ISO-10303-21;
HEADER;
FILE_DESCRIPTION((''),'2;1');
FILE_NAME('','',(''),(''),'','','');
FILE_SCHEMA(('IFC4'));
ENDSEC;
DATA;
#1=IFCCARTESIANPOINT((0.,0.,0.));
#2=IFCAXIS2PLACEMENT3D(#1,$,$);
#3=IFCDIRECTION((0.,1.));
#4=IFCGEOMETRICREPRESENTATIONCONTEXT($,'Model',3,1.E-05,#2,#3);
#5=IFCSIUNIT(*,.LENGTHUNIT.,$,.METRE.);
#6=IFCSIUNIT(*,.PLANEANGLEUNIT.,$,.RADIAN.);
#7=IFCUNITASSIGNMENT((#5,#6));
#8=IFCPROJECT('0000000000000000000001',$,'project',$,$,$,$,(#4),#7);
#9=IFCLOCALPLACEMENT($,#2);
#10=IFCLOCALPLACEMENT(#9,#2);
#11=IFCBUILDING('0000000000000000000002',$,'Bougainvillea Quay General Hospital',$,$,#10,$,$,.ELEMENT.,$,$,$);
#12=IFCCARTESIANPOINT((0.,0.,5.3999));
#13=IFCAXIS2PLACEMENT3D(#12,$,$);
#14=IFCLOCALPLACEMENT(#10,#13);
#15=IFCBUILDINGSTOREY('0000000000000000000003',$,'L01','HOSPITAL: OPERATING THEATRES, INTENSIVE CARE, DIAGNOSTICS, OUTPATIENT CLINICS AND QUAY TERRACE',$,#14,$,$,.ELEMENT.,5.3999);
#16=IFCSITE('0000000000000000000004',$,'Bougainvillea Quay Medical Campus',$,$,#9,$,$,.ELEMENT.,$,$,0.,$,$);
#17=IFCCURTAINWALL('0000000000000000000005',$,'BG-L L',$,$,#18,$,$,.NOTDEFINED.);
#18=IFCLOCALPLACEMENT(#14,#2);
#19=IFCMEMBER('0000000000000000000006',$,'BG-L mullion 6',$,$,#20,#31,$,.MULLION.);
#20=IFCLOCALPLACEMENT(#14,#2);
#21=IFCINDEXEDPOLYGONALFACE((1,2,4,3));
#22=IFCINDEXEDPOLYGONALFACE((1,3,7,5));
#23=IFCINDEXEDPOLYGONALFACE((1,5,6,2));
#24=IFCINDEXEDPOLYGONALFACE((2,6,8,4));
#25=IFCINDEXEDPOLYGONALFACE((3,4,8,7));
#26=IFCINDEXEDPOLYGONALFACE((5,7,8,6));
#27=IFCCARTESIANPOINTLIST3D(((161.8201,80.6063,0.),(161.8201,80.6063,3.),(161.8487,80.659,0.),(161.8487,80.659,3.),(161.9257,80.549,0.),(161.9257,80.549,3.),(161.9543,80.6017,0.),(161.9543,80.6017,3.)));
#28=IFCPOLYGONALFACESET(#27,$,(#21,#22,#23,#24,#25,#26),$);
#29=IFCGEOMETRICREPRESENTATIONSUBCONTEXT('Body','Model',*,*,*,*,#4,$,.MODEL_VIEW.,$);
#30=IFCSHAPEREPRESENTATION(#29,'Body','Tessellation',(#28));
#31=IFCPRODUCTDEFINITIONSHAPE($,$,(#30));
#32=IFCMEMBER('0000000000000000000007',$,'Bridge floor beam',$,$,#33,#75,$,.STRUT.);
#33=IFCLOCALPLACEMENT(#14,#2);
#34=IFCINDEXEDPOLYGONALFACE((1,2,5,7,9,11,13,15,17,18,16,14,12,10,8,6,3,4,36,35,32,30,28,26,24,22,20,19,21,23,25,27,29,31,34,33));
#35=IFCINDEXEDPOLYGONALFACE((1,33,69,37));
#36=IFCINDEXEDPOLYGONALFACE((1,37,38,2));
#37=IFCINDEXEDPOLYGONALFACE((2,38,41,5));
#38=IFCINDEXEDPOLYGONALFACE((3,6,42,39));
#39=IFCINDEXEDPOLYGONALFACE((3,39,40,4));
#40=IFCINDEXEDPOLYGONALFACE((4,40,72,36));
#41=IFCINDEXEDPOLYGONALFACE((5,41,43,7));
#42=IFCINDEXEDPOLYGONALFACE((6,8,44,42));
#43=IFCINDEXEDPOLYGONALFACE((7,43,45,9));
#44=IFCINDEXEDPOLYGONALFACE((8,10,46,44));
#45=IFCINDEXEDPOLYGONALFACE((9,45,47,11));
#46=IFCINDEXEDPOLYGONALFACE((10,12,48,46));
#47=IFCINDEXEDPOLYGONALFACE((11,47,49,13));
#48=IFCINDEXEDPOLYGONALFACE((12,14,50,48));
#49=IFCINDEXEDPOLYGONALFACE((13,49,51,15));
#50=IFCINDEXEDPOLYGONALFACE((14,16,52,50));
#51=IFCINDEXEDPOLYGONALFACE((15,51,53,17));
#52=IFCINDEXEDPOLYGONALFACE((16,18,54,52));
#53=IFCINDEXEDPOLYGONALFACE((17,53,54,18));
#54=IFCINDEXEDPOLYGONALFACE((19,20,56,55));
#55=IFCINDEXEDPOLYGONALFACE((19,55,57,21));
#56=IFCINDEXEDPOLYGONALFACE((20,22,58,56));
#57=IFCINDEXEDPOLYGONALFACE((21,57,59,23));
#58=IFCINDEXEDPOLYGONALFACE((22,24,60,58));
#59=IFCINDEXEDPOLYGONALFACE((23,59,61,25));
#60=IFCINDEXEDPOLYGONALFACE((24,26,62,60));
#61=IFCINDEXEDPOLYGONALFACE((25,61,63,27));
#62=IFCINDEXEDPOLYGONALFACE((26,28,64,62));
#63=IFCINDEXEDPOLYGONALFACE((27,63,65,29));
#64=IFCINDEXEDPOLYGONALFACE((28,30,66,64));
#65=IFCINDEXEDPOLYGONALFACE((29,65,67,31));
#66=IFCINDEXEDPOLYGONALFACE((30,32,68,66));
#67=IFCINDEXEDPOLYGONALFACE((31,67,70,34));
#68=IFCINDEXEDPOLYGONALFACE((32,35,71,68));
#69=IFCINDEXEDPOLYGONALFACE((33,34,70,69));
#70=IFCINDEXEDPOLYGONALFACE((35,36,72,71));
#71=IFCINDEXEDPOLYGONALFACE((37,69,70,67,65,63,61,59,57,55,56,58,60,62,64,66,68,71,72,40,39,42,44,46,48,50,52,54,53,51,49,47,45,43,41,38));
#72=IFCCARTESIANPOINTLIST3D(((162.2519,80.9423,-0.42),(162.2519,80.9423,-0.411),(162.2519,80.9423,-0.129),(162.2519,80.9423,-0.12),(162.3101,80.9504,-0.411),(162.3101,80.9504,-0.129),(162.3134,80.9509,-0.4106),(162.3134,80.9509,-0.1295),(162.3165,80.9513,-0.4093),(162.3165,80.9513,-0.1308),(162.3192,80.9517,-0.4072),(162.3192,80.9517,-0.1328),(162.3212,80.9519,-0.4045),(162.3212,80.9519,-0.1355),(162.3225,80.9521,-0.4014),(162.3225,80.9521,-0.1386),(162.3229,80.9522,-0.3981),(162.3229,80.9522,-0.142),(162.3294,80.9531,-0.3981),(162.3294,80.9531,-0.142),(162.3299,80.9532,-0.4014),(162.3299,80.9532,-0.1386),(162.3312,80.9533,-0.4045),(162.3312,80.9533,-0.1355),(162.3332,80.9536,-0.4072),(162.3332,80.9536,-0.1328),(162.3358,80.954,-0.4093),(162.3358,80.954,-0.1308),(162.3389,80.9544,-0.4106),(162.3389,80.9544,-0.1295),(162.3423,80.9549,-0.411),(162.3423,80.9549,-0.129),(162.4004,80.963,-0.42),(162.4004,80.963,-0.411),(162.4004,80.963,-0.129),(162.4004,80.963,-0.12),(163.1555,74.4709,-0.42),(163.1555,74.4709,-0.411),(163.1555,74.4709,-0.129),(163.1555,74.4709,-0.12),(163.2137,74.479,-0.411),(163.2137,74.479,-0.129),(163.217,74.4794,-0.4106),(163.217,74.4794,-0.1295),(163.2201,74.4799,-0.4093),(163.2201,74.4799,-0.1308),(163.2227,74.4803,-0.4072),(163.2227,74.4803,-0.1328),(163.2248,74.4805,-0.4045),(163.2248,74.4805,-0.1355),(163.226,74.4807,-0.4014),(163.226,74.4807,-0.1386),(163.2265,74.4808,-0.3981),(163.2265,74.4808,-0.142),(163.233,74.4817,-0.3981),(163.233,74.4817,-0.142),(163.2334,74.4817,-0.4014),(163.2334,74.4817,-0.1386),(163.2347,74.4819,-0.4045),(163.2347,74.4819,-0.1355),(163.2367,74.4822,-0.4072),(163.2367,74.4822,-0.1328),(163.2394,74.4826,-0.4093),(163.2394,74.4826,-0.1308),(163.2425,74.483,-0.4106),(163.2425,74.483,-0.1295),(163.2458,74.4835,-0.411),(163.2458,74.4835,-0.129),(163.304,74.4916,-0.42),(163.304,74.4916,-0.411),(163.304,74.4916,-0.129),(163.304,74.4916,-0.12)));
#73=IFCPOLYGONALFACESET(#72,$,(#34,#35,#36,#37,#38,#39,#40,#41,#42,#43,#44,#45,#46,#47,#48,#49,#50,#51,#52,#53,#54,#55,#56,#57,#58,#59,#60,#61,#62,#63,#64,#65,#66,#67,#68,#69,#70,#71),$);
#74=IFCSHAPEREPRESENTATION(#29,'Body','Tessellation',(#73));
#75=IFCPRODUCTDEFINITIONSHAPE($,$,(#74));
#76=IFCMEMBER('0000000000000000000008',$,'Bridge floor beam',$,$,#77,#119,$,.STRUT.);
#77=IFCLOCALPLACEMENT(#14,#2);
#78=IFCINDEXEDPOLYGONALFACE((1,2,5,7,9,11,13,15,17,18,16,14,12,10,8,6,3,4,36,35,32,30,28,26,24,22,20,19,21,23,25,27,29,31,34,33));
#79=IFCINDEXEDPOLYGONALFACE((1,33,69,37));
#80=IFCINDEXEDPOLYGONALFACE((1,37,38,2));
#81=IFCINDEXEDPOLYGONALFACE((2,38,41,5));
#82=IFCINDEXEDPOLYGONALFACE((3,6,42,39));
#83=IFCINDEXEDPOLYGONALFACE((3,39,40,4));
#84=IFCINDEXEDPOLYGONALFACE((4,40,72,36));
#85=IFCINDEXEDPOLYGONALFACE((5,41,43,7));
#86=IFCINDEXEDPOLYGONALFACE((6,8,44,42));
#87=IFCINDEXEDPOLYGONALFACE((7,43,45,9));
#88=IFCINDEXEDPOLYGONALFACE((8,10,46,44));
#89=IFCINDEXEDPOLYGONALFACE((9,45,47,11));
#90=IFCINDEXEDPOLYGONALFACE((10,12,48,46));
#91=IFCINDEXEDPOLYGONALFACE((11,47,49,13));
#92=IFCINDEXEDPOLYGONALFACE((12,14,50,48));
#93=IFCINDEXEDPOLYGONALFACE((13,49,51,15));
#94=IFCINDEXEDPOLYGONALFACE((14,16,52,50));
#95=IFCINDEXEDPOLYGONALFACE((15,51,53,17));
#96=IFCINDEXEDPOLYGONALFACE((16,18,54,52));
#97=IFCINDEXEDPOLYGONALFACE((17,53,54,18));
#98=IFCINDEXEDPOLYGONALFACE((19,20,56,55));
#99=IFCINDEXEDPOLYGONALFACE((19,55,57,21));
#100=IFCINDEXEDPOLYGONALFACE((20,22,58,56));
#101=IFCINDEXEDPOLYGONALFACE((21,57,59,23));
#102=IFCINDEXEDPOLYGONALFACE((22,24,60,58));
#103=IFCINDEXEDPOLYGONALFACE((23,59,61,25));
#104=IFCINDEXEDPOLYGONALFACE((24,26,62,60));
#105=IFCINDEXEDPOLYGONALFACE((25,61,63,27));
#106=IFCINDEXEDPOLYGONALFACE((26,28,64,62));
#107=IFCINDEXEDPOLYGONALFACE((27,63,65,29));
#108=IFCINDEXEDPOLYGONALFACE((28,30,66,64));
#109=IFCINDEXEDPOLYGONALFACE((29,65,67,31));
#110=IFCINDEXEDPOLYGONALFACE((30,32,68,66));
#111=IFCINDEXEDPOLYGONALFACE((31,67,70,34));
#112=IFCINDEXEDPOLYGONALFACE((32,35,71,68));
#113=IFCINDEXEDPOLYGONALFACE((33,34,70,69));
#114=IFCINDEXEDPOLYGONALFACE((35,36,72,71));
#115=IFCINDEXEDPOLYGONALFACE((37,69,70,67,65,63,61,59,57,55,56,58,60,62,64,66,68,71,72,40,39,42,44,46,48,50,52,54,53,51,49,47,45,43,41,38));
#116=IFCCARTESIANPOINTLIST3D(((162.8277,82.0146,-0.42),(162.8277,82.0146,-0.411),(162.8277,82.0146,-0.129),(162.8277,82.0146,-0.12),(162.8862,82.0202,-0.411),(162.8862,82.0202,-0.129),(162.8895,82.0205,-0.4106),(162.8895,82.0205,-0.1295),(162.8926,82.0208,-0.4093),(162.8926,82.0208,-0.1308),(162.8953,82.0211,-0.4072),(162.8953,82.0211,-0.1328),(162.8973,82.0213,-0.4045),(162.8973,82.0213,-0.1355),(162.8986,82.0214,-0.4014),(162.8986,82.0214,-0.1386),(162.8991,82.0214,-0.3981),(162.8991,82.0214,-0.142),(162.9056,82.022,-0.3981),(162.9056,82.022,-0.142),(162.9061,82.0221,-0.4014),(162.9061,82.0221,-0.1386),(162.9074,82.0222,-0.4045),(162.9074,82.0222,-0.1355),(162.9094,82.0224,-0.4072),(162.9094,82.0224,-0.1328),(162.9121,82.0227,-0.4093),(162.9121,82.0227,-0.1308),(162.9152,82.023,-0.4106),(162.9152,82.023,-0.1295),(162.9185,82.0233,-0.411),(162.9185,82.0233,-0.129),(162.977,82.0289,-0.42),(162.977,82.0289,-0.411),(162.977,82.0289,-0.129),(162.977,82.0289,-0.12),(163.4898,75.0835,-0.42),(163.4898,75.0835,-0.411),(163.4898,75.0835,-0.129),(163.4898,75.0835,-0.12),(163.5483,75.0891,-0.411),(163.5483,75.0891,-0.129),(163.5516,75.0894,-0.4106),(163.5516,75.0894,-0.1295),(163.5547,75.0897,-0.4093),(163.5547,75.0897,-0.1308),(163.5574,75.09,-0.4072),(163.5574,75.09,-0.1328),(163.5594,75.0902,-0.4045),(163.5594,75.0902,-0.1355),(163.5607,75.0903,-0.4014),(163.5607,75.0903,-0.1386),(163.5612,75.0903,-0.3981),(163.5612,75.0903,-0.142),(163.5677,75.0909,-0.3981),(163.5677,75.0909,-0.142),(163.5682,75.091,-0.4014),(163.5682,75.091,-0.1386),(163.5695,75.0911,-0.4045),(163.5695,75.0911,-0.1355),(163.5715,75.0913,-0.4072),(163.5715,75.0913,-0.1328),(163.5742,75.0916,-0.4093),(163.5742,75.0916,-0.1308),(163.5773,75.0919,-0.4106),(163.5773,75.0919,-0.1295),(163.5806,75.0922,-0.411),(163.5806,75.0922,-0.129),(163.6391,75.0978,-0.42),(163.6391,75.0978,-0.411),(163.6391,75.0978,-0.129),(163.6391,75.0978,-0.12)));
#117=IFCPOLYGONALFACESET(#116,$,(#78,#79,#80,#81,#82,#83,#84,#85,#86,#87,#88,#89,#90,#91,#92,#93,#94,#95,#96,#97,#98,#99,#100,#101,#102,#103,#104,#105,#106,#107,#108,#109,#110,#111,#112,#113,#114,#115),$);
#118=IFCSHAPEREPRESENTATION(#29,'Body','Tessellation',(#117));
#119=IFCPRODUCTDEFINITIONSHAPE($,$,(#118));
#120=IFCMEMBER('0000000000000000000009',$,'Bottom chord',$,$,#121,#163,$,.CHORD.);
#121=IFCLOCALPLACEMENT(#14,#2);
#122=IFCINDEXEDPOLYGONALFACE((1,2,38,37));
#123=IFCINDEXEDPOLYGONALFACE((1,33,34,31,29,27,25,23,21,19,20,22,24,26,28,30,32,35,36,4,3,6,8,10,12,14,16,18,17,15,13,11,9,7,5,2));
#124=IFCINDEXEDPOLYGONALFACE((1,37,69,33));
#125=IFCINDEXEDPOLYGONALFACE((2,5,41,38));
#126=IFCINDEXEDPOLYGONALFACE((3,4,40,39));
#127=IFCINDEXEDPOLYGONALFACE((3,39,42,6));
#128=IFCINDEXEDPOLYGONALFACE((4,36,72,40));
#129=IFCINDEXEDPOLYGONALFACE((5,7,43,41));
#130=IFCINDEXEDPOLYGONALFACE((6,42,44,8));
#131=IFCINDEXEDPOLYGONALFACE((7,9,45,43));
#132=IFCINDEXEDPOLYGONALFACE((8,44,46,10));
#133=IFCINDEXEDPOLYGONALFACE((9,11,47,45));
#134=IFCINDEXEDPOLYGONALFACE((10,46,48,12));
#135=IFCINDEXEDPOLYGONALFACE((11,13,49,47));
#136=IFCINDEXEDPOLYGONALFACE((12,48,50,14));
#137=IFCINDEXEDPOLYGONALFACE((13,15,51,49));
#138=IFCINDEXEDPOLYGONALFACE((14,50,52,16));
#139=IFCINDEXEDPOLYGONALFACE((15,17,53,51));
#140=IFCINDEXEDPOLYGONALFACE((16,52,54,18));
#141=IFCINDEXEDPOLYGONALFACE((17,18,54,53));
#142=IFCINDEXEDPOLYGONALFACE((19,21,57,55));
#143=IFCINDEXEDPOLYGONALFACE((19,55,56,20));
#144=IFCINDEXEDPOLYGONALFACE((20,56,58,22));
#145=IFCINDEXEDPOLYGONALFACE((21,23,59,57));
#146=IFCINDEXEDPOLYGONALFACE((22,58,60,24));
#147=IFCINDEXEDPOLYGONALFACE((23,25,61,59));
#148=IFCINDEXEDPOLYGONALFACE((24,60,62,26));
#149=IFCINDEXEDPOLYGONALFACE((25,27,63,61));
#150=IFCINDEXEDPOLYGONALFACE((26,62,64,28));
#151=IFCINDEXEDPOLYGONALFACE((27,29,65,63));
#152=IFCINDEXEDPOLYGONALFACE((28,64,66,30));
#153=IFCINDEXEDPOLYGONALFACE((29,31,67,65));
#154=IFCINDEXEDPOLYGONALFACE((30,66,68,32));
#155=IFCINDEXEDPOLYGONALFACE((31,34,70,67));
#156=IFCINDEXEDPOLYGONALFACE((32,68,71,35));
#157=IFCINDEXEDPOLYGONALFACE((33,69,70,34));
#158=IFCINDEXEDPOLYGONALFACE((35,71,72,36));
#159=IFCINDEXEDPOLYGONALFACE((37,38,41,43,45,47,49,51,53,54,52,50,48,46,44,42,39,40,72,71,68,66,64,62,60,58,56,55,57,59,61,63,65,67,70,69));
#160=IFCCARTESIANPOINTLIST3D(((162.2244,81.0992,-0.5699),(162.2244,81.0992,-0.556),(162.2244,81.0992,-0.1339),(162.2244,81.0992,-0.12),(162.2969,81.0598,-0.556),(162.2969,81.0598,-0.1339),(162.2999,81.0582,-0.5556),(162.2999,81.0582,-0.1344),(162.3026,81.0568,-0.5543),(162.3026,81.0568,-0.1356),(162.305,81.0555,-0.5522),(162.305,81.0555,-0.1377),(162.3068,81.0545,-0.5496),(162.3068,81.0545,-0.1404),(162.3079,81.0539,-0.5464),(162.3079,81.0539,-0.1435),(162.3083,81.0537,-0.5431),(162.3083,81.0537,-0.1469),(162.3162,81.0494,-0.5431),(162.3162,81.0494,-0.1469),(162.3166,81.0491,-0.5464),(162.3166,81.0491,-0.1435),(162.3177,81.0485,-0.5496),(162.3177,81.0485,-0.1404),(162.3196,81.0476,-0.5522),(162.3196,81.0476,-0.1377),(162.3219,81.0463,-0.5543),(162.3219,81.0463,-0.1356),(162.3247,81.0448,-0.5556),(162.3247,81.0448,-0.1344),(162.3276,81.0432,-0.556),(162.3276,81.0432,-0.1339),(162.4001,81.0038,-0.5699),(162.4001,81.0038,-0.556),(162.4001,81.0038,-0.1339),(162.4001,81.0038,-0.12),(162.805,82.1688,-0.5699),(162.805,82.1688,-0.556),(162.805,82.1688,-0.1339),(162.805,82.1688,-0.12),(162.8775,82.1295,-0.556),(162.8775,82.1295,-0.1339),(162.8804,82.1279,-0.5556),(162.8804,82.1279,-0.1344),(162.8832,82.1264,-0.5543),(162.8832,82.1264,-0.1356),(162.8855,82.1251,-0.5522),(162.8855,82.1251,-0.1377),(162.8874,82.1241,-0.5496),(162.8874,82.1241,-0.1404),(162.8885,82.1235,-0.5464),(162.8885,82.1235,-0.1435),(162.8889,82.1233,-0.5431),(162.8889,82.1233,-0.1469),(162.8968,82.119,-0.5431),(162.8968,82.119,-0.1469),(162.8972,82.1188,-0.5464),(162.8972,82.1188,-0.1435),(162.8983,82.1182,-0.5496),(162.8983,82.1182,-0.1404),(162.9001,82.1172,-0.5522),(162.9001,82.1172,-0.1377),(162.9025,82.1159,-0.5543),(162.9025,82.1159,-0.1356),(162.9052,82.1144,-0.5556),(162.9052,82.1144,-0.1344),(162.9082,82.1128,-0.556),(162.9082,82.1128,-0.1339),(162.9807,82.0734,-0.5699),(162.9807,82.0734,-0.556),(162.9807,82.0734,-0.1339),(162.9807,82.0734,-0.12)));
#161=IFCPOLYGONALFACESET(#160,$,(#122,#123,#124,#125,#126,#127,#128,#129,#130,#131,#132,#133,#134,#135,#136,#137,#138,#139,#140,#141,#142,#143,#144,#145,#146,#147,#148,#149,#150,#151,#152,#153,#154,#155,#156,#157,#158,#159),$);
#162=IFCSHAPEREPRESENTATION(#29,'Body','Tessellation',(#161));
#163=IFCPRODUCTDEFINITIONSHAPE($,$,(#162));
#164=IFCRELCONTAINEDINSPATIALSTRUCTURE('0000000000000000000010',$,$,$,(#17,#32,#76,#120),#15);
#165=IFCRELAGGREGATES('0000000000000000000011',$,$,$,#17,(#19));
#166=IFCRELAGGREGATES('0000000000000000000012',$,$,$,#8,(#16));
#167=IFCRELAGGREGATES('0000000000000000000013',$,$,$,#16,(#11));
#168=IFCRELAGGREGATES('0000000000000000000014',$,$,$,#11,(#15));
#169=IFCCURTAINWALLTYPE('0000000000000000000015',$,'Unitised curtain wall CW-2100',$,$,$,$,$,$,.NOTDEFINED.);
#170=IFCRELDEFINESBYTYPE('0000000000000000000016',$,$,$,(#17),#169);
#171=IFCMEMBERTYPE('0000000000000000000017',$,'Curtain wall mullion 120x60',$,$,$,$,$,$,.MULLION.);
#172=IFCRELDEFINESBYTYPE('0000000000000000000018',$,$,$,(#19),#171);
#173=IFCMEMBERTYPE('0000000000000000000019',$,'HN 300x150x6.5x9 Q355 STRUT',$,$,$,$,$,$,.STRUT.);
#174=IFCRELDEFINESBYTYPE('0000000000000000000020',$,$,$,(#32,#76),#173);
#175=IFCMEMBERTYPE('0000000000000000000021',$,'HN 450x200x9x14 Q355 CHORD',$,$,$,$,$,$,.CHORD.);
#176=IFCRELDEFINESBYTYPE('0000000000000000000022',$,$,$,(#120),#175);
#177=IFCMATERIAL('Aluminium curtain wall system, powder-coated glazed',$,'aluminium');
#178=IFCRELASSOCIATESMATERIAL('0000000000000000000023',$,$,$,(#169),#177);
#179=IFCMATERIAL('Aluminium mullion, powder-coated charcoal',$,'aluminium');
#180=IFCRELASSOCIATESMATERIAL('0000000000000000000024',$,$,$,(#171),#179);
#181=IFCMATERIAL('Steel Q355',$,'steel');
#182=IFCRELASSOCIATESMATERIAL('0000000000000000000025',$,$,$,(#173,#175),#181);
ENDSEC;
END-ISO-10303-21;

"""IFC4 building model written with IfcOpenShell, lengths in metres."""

from ifc_helpers import new_model, si_unit, direction, frame, origin, origin_2d, place, context, subcontext, project, spatial, rectangle, i_section, extrude, material, material_profile, profile_set, type_object, element, aggregate, save


model = new_model("IFC4")

# Units and contexts
model_context = context("Model", 3, precision=1e-05, world=origin(), true_north=direction((0.0, 1.0)))
body_context = subcontext(model_context, "Body", "Model", "MODEL_VIEW")
ifc_project = project(units=[si_unit("LENGTHUNIT", "METRE"), si_unit("PLANEANGLEUNIT", "RADIAN")], contexts=[model_context])

# Site, building, storey
site_placement = place(None, origin())
site = spatial("IfcSite", under=ifc_project, at=site_placement, Name="Bougainvillea Quay Medical Campus", CompositionType="ELEMENT", RefElevation=0.0)
building_placement = place(site_placement, origin())
building = spatial("IfcBuilding", under=site, at=building_placement, Name="Bougainvillea Quay General Hospital", CompositionType="ELEMENT")
storey_placement = place(building_placement, frame((0.0, 0.0, 5.3999)))
storey = spatial("IfcBuildingStorey", under=building, at=storey_placement, Name="L01", Description="HOSPITAL: OPERATING THEATRES, INTENSIVE CARE, DIAGNOSTICS, OUTPATIENT CLINICS AND QUAY TERRACE", CompositionType="ELEMENT", Elevation=5.3999)

# Curtain wall, member
ifc_material_1 = material(Name="Aluminium curtain wall system, powder-coated glazed", Category="aluminium")
curtain_wall_type = type_object("IfcCurtainWallType", Name="Unitised curtain wall CW-2100", PredefinedType="NOTDEFINED", material=ifc_material_1)
curtain_wall_placement = place(storey_placement, origin())
curtain_wall = element("IfcCurtainWall", 1, at=curtain_wall_placement, inside=storey, type_object=curtain_wall_type, Name="BG-L L", PredefinedType="NOTDEFINED")
ifc_material_2 = material(Name="Aluminium mullion, powder-coated charcoal", Category="aluminium")
ifc_material_profile_1 = material_profile(ifc_material_2, rectangle(XDim=0.1201, YDim=0.0601, at=origin_2d()))
ifc_profile_set_1 = profile_set([ifc_material_profile_1], Name="Aluminium mullion, powder-coated charcoal")
member_type_1 = type_object("IfcMemberType", Name="Curtain wall mullion 120x60", PredefinedType="MULLION", material=ifc_profile_set_1)
member_1_placement = place(storey_placement, frame((161.8872, 80.604, 0.0), z_axis=(0.0, 0.0, 1.0), x_axis=(-0.878894, 0.477017, 0.0)))
member_1 = element("IfcMember", 2, at=member_1_placement, type_object=member_type_1, Name="BG-L mullion 6", PredefinedType="MULLION", context=body_context, shape_type="SweptSolid", body=[
    extrude(rectangle(XDim=0.1201, YDim=0.0601, at=origin_2d()), origin(), (0.0, 0.0, 1.0), 3.0),
])
aggregate(curtain_wall, [member_1])

# Members
ifc_material_3 = material(Name="Steel Q355", Category="steel")
ifc_material_profile_2 = material_profile(ifc_material_3, i_section(OverallWidth=0.1499, OverallDepth=0.3, WebThickness=0.0066, FlangeThickness=0.009, FilletRadius=0.0129, at=origin_2d()))
ifc_profile_set_2 = profile_set([ifc_material_profile_2], Name="Steel Q355")
member_type_2 = type_object("IfcMemberType", Name="HN 300x150x6.5x9 Q355 STRUT", PredefinedType="STRUT", material=ifc_profile_set_2)
member_2_placement = place(storey_placement, frame((162.3262, 80.9526, -0.27), z_axis=(0.138282, -0.990393, 0.0), x_axis=(0.990393, 0.138282, 0.0)))
element("IfcMember", 3, at=member_2_placement, inside=storey, type_object=member_type_2, Name="Bridge floor beam", PredefinedType="STRUT", context=body_context, shape_type="SweptSolid", body=[
    extrude(i_section(OverallWidth=0.1499, OverallDepth=0.3, WebThickness=0.0066, FlangeThickness=0.009, FilletRadius=0.0129, at=origin_2d()), origin(), (0.0, 0.0, 1.0), 6.5342),
])
member_3_placement = place(storey_placement, frame((162.9023, 82.0217, -0.27), z_axis=(0.095094, -0.995468, 0.0), x_axis=(0.995468, 0.095094, 0.0)))
element("IfcMember", 4, at=member_3_placement, inside=storey, type_object=member_type_2, Name="Bridge floor beam", PredefinedType="STRUT", context=body_context, shape_type="SweptSolid", body=[
    extrude(i_section(OverallWidth=0.1499, OverallDepth=0.3, WebThickness=0.0066, FlangeThickness=0.009, FilletRadius=0.0129, at=origin_2d()), origin(), (0.0, 0.0, 1.0), 6.9626),
])
ifc_material_profile_3 = material_profile(ifc_material_3, i_section(OverallWidth=0.2, OverallDepth=0.45, WebThickness=0.009, FlangeThickness=0.0139, FilletRadius=0.0129, at=origin_2d()))
ifc_profile_set_3 = profile_set([ifc_material_profile_3], Name="Steel Q355")
member_type_3 = type_object("IfcMemberType", Name="HN 450x200x9x14 Q355 CHORD", PredefinedType="CHORD", material=ifc_profile_set_3)
for number, where, z_axis, x_axis, name in (
    (5, (162.3123, 81.0515, -0.345), (0.477052, 0.878875, 0.0), (-0.878875, 0.477052, 0.0), "Bottom chord"),
):
    element("IfcMember", number, at=place(storey_placement, frame(where, z_axis=z_axis, x_axis=x_axis)), inside=storey, type_object=member_type_3, Name=name, PredefinedType="CHORD", context=body_context, shape_type="SweptSolid", body=[
        extrude(i_section(OverallWidth=0.2, OverallDepth=0.45, WebThickness=0.009, FlangeThickness=0.0139, FilletRadius=0.0129, at=origin_2d()), origin(), (0.0, 0.0, 1.0), 1.217),
    ])

save(model, "model.ifc")
